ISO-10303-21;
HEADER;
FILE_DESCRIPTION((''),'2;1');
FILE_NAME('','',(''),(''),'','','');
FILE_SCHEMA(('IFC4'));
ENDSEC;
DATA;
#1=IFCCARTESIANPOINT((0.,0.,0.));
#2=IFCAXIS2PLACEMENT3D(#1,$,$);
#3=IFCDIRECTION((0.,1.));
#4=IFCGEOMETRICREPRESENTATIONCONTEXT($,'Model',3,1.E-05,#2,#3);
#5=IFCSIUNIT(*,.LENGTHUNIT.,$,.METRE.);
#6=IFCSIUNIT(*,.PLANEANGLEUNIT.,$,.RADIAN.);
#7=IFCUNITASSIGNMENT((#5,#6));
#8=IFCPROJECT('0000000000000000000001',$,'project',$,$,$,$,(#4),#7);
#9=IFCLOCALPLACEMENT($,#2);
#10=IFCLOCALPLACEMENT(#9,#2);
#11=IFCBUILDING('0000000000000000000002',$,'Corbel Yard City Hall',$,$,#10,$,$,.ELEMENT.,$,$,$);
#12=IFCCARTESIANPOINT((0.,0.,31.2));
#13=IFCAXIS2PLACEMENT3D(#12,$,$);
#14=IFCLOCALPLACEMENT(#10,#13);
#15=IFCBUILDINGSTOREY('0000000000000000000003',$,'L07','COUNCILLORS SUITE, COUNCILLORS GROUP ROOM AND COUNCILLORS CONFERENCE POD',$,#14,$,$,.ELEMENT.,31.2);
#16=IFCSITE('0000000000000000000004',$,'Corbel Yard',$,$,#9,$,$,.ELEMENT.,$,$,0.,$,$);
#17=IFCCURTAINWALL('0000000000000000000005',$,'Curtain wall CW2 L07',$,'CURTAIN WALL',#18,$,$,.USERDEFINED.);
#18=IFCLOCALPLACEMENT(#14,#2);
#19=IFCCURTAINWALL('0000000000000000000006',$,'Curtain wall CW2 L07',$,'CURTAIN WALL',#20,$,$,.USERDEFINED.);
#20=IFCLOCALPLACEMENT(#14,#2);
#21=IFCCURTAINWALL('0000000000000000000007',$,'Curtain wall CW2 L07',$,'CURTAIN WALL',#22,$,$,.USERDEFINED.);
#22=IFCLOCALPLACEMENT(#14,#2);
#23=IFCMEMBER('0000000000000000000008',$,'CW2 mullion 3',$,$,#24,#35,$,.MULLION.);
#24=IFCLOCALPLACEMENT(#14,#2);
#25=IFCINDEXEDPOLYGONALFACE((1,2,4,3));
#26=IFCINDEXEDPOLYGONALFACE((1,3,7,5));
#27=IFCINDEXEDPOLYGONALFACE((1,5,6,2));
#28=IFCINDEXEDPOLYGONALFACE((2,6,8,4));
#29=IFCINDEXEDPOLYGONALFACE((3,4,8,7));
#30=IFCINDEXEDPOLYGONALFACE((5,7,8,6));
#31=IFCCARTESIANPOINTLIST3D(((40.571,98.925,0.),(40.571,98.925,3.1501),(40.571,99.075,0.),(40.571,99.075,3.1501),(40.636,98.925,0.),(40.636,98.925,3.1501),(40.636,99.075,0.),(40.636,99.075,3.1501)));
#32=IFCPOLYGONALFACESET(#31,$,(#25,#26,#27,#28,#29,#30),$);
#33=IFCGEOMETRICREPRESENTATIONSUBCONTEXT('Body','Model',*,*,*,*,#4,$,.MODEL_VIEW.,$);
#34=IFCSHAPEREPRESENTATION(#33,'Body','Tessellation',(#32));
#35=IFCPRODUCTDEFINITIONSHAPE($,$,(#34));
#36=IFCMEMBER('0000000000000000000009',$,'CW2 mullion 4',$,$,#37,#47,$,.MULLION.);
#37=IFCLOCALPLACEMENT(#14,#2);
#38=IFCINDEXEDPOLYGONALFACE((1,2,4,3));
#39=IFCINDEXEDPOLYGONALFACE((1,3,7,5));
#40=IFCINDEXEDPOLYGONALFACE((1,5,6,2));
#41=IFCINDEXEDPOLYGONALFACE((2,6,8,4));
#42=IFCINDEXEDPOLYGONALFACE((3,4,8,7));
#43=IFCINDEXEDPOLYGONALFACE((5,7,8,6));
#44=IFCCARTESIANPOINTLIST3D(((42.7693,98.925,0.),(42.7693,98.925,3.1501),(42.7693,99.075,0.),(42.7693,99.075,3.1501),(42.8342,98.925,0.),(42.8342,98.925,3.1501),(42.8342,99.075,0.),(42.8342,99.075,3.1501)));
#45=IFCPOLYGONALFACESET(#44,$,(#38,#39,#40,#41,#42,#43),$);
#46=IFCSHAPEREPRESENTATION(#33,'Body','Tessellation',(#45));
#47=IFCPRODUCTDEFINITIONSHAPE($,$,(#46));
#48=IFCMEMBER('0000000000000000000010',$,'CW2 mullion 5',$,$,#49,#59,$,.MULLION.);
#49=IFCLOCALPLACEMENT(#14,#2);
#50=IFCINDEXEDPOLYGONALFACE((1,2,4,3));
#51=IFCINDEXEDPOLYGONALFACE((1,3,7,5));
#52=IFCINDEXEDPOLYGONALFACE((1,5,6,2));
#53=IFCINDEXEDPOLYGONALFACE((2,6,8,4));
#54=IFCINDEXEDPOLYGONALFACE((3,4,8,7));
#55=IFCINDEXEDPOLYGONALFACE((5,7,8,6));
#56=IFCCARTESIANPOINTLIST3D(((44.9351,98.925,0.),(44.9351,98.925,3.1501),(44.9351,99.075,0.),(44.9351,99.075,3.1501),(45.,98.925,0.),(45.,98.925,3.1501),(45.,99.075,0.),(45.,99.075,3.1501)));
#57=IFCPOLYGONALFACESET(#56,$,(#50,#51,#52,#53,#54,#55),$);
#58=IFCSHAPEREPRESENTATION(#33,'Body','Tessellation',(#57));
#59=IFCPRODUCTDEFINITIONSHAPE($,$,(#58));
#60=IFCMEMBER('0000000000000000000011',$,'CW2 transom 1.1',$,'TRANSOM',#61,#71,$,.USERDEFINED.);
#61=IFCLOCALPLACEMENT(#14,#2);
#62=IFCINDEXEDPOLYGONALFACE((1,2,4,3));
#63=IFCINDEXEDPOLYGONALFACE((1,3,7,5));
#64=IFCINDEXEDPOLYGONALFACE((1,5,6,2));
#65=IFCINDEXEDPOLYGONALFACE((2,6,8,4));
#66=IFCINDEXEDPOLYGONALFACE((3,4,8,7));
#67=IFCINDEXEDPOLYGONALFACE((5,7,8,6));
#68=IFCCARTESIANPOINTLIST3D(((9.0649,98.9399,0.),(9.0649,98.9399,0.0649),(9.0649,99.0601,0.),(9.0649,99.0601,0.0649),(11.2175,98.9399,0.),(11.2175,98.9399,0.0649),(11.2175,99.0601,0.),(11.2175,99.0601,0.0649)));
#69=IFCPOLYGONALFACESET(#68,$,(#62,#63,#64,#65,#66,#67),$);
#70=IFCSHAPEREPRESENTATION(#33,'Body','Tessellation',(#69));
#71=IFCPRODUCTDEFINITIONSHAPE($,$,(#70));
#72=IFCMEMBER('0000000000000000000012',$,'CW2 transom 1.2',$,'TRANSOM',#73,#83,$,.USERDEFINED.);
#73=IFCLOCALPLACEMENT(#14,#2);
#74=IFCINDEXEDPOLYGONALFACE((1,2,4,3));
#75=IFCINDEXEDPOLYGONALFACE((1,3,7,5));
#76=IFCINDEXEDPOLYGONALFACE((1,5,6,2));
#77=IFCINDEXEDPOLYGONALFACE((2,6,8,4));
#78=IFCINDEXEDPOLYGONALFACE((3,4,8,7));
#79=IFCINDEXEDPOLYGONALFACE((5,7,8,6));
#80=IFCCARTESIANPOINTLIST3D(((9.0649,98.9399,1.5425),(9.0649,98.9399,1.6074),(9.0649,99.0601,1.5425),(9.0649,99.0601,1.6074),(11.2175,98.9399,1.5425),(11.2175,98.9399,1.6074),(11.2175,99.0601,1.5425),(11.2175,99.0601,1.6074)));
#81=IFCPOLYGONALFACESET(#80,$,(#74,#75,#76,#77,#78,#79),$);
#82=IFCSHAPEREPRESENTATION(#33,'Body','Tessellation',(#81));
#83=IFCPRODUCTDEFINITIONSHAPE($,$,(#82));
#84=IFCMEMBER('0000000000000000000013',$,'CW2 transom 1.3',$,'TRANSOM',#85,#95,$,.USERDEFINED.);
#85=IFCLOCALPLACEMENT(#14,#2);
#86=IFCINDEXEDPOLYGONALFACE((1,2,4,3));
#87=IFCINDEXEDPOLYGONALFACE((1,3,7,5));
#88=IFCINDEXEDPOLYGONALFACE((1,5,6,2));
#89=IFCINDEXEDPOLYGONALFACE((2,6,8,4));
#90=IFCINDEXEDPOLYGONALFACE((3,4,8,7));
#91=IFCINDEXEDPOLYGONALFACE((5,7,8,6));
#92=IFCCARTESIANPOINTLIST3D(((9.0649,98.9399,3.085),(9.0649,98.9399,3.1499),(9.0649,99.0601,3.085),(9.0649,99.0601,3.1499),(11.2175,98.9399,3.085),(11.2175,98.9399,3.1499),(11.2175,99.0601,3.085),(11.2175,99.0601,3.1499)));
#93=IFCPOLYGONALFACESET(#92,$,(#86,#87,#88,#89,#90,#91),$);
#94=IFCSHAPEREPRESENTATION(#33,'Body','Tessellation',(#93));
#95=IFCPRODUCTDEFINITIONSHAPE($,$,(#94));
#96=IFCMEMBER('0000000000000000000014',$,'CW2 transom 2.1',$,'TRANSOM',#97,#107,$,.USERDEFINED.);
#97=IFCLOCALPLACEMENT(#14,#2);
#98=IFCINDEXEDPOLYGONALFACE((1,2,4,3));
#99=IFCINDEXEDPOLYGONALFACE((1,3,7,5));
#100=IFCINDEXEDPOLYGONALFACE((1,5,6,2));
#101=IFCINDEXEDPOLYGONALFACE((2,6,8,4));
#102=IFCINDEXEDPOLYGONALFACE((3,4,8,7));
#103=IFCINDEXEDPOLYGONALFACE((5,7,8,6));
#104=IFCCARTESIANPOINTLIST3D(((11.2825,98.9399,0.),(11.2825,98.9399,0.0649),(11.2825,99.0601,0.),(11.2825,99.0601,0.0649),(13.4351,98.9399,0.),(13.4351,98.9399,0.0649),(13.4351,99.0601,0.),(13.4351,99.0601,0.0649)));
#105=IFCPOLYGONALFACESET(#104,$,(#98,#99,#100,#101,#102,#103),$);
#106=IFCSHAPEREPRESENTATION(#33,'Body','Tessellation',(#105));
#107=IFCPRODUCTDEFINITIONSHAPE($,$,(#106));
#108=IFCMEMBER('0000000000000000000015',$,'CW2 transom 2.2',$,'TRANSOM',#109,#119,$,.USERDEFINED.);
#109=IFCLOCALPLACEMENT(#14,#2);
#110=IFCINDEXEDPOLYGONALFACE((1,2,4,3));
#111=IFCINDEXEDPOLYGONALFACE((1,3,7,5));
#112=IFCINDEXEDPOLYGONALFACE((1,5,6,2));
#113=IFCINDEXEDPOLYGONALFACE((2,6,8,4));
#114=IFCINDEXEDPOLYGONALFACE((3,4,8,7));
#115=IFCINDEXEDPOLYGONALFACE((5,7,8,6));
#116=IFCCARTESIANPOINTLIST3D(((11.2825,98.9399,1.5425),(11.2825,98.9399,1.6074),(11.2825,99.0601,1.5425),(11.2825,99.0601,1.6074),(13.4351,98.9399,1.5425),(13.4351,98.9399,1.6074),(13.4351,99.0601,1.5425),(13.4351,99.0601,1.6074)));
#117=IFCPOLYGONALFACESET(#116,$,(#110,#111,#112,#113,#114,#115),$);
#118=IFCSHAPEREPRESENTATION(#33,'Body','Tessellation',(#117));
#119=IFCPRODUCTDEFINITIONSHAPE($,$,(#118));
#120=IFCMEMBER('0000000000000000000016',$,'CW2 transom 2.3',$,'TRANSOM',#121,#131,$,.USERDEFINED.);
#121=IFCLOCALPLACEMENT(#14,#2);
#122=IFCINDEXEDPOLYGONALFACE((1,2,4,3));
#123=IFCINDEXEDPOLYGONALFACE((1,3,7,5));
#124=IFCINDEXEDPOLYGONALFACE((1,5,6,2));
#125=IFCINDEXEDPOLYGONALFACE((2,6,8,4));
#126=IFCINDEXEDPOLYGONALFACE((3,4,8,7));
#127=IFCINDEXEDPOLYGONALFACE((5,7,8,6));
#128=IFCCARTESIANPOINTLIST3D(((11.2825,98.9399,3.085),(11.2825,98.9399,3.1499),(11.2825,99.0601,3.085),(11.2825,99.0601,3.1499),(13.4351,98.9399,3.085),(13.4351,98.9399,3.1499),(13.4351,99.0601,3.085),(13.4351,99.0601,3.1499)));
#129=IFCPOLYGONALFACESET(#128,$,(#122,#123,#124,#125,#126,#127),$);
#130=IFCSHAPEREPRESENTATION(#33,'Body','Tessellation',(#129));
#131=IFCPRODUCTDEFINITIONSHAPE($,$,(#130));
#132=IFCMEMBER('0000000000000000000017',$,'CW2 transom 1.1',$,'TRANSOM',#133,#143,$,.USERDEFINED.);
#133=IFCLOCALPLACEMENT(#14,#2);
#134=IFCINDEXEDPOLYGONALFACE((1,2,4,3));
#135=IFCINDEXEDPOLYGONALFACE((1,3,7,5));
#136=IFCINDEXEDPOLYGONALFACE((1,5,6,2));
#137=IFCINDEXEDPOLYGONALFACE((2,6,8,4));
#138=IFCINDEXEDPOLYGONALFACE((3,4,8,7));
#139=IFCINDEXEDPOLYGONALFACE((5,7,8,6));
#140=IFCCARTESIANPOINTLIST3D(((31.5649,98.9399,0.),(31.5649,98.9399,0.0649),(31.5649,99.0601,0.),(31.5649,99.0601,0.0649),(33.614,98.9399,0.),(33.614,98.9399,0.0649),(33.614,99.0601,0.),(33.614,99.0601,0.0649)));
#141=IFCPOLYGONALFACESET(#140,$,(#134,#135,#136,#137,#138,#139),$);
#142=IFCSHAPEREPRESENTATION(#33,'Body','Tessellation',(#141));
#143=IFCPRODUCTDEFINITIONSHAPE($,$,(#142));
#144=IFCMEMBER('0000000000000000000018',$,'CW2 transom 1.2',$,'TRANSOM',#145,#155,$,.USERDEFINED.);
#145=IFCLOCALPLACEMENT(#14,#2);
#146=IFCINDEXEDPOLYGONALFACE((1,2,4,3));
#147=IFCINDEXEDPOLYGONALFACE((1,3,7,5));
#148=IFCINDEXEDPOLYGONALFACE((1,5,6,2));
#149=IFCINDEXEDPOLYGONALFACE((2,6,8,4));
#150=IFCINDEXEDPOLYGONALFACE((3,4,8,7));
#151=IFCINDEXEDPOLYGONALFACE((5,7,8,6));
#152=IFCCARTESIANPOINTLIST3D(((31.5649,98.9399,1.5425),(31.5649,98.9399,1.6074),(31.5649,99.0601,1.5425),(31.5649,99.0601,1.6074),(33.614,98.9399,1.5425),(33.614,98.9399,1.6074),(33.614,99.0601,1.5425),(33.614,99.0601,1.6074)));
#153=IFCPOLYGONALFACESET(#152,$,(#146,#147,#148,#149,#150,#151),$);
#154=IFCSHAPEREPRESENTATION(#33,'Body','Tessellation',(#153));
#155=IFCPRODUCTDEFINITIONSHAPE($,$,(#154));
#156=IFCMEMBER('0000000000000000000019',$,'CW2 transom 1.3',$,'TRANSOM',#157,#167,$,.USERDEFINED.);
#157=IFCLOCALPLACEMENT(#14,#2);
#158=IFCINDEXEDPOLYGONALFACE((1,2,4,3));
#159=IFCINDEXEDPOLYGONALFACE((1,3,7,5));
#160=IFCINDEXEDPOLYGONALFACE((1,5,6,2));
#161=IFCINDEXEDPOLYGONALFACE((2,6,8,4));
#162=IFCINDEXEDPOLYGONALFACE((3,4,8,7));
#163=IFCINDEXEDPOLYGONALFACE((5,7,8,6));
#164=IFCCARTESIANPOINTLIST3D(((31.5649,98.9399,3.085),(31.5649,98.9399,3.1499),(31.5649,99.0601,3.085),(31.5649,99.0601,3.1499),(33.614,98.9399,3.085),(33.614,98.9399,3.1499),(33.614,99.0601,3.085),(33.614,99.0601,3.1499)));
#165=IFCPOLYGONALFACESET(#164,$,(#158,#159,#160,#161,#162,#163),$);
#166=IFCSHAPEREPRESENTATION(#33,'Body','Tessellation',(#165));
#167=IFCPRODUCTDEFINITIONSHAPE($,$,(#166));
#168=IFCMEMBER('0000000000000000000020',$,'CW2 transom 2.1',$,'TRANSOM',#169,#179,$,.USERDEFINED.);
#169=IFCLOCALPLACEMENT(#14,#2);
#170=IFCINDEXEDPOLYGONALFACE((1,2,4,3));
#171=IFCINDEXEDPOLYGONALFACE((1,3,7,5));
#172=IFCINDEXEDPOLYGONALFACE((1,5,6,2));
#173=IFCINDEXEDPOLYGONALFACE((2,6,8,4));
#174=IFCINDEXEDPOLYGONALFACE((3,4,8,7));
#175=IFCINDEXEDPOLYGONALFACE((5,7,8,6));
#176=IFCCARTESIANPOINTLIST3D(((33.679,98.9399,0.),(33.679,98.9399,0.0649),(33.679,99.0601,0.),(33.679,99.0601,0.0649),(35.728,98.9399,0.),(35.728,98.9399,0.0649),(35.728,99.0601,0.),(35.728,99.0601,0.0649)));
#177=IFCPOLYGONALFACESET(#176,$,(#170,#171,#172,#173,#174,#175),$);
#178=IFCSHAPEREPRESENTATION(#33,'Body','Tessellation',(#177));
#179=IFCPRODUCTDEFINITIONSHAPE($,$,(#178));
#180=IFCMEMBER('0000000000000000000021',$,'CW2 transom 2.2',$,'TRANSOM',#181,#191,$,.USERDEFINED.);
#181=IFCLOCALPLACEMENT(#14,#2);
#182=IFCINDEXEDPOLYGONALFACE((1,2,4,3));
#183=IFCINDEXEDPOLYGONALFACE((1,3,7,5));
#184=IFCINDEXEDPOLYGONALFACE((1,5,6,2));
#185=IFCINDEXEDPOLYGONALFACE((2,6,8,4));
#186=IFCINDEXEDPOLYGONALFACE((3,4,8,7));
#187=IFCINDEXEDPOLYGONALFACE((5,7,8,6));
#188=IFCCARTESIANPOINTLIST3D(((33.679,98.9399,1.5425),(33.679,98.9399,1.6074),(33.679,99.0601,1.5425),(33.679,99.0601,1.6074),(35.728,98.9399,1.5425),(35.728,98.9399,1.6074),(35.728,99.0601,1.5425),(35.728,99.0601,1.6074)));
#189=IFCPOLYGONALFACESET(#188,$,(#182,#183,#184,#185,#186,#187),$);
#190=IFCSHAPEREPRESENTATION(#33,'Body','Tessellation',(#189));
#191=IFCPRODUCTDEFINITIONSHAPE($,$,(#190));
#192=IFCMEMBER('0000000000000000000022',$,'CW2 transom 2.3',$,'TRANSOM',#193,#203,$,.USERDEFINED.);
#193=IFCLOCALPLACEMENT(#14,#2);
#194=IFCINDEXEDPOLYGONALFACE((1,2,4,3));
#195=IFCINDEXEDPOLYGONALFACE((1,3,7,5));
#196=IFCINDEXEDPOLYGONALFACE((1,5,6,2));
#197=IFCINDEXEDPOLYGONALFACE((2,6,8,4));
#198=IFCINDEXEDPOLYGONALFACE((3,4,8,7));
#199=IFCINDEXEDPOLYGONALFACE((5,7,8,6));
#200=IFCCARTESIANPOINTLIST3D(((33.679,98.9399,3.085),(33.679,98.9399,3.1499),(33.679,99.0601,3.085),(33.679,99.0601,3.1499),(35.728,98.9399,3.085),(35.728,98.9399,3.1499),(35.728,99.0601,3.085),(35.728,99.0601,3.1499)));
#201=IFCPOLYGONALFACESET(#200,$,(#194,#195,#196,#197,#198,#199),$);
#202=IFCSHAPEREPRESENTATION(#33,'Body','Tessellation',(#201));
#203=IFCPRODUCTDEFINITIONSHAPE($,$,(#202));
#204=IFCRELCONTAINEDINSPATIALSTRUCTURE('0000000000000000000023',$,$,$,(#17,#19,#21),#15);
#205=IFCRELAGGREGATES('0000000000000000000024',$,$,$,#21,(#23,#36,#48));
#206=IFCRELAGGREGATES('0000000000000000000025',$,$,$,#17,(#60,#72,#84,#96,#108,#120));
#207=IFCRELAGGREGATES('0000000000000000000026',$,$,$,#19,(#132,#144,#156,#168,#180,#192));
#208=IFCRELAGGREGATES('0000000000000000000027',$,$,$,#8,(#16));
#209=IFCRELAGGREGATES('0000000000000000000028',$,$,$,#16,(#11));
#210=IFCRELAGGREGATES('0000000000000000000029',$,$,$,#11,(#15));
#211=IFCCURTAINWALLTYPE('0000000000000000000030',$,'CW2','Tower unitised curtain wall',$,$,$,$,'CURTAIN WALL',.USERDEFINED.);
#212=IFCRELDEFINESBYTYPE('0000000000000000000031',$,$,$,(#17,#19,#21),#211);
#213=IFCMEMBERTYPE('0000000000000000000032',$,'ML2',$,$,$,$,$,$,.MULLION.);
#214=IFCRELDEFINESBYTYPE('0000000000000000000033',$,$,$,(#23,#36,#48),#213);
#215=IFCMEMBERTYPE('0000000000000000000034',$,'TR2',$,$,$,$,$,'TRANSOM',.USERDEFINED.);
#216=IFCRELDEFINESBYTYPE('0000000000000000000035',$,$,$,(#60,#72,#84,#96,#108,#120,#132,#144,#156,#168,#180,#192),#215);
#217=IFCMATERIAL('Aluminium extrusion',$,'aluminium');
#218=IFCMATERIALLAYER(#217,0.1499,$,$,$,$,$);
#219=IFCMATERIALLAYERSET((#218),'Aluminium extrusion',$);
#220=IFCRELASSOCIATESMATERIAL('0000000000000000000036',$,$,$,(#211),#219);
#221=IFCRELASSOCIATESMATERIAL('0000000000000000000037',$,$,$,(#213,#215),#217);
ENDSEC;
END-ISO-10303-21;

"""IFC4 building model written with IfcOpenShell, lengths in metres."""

from ifc_helpers import new_model, si_unit, direction, frame, origin, origin_2d, place, context, subcontext, project, spatial, rectangle, extrude, material, layer, layer_set, material_profile, profile_set, type_object, element, aggregate, save


model = new_model("IFC4")

# Units and contexts
model_context = context("Model", 3, precision=1e-05, world=origin(), true_north=direction((0.0, 1.0)))
body_context = subcontext(model_context, "Body", "Model", "MODEL_VIEW")
ifc_project = project(units=[si_unit("LENGTHUNIT", "METRE"), si_unit("PLANEANGLEUNIT", "RADIAN")], contexts=[model_context])

# Site, building, storey
site_placement = place(None, origin())
site = spatial("IfcSite", under=ifc_project, at=site_placement, Name="Corbel Yard", CompositionType="ELEMENT", RefElevation=0.0)
building_placement = place(site_placement, origin())
building = spatial("IfcBuilding", under=site, at=building_placement, Name="Corbel Yard City Hall", CompositionType="ELEMENT")
storey_placement = place(building_placement, frame((0.0, 0.0, 31.2)))
storey = spatial("IfcBuildingStorey", under=building, at=storey_placement, Name="L07", Description="COUNCILLORS SUITE, COUNCILLORS GROUP ROOM AND COUNCILLORS CONFERENCE POD", CompositionType="ELEMENT", Elevation=31.2)

# Curtain walls, members
ifc_material_1 = material(Name="Aluminium extrusion", Category="aluminium")
ifc_layer_1 = layer(ifc_material_1, 0.1499)
ifc_layer_set_1 = layer_set([ifc_layer_1], Name="Aluminium extrusion")
curtain_wall_type = type_object("IfcCurtainWallType", Name="CW2", Description="Tower unitised curtain wall", ElementType="CURTAIN WALL", PredefinedType="USERDEFINED", material=ifc_layer_set_1)
curtain_wall_1_placement = place(storey_placement, origin())
curtain_wall_1 = element("IfcCurtainWall", 1, at=curtain_wall_1_placement, inside=storey, type_object=curtain_wall_type, Name="Curtain wall CW2 L07", ObjectType="CURTAIN WALL", PredefinedType="USERDEFINED")
ifc_material_profile_1 = material_profile(ifc_material_1, rectangle(XDim=0.1499, YDim=0.0649, at=origin_2d()), Name="150x65")
ifc_profile_set_1 = profile_set([ifc_material_profile_1], Name="Aluminium extrusion")
member_type_1 = type_object("IfcMemberType", Name="ML2", PredefinedType="MULLION", material=ifc_profile_set_1)
curtain_wall_2_placement = place(storey_placement, origin())
curtain_wall_2 = element("IfcCurtainWall", 2, at=curtain_wall_2_placement, inside=storey, type_object=curtain_wall_type, Name="Curtain wall CW2 L07", ObjectType="CURTAIN WALL", PredefinedType="USERDEFINED")
curtain_wall_3_placement = place(storey_placement, origin())
curtain_wall_3 = element("IfcCurtainWall", 3, at=curtain_wall_3_placement, inside=storey, type_object=curtain_wall_type, Name="Curtain wall CW2 L07", ObjectType="CURTAIN WALL", PredefinedType="USERDEFINED")
member_1_placement = place(storey_placement, frame((40.6035, 99.0, 0.0), z_axis=(0.0, 0.0, 1.0), x_axis=(0.0, 1.0, 0.0)))
member_1 = element("IfcMember", 4, at=member_1_placement, type_object=member_type_1, Name="CW2 mullion 3", PredefinedType="MULLION", context=body_context, shape_type="SweptSolid", body=[
    extrude(rectangle(XDim=0.1499, YDim=0.0649, at=origin_2d()), origin(), (0.0, 0.0, 1.0), 3.1501),
])
member_2_placement = place(storey_placement, frame((42.8018, 99.0, 0.0), z_axis=(0.0, 0.0, 1.0), x_axis=(0.0, 1.0, 0.0)))
member_2 = element("IfcMember", 5, at=member_2_placement, type_object=member_type_1, Name="CW2 mullion 4", PredefinedType="MULLION", context=body_context, shape_type="SweptSolid", body=[
    extrude(rectangle(XDim=0.1499, YDim=0.0649, at=origin_2d()), origin(), (0.0, 0.0, 1.0), 3.1501),
])
member_3_placement = place(storey_placement, frame((44.9675, 99.0, 0.0), z_axis=(0.0, 0.0, 1.0), x_axis=(0.0, 1.0, 0.0)))
member_3 = element("IfcMember", 6, at=member_3_placement, type_object=member_type_1, Name="CW2 mullion 5", PredefinedType="MULLION", context=body_context, shape_type="SweptSolid", body=[
    extrude(rectangle(XDim=0.1499, YDim=0.0649, at=origin_2d()), origin(), (0.0, 0.0, 1.0), 3.1501),
])

# Members
ifc_material_profile_2 = material_profile(ifc_material_1, rectangle(XDim=0.1201, YDim=0.0649, at=origin_2d()), Name="120x65")
ifc_profile_set_2 = profile_set([ifc_material_profile_2], Name="Aluminium extrusion")
member_type_2 = type_object("IfcMemberType", Name="TR2", ElementType="TRANSOM", PredefinedType="USERDEFINED", material=ifc_profile_set_2)
member_4_placement = place(storey_placement, frame((9.0649, 99.0, 0.0325), z_axis=(1.0, 0.0, 0.0), x_axis=(0.0, 1.0, 0.0)))
member_4 = element("IfcMember", 7, at=member_4_placement, type_object=member_type_2, Name="CW2 transom 1.1", ObjectType="TRANSOM", PredefinedType="USERDEFINED", context=body_context, shape_type="SweptSolid", body=[
    extrude(rectangle(XDim=0.1201, YDim=0.0649, at=origin_2d()), origin(), (0.0, 0.0, 1.0), 2.1526),
])
member_5_placement = place(storey_placement, frame((9.0649, 99.0, 1.575), z_axis=(1.0, 0.0, 0.0), x_axis=(0.0, 1.0, 0.0)))
member_5 = element("IfcMember", 8, at=member_5_placement, type_object=member_type_2, Name="CW2 transom 1.2", ObjectType="TRANSOM", PredefinedType="USERDEFINED", context=body_context, shape_type="SweptSolid", body=[
    extrude(rectangle(XDim=0.1201, YDim=0.0649, at=origin_2d()), origin(), (0.0, 0.0, 1.0), 2.1526),
])
member_6_placement = place(storey_placement, frame((9.0649, 99.0, 3.1174), z_axis=(1.0, 0.0, 0.0), x_axis=(0.0, 1.0, 0.0)))
member_6 = element("IfcMember", 9, at=member_6_placement, type_object=member_type_2, Name="CW2 transom 1.3", ObjectType="TRANSOM", PredefinedType="USERDEFINED", context=body_context, shape_type="SweptSolid", body=[
    extrude(rectangle(XDim=0.1201, YDim=0.0649, at=origin_2d()), origin(), (0.0, 0.0, 1.0), 2.1526),
])
member_7_placement = place(storey_placement, frame((11.2825, 99.0, 0.0325), z_axis=(1.0, 0.0, 0.0), x_axis=(0.0, 1.0, 0.0)))
member_7 = element("IfcMember", 10, at=member_7_placement, type_object=member_type_2, Name="CW2 transom 2.1", ObjectType="TRANSOM", PredefinedType="USERDEFINED", context=body_context, shape_type="SweptSolid", body=[
    extrude(rectangle(XDim=0.1201, YDim=0.0649, at=origin_2d()), origin(), (0.0, 0.0, 1.0), 2.1526),
])
member_8_placement = place(storey_placement, frame((11.2825, 99.0, 1.575), z_axis=(1.0, 0.0, 0.0), x_axis=(0.0, 1.0, 0.0)))
member_8 = element("IfcMember", 11, at=member_8_placement, type_object=member_type_2, Name="CW2 transom 2.2", ObjectType="TRANSOM", PredefinedType="USERDEFINED", context=body_context, shape_type="SweptSolid", body=[
    extrude(rectangle(XDim=0.1201, YDim=0.0649, at=origin_2d()), origin(), (0.0, 0.0, 1.0), 2.1526),
])
member_9_placement = place(storey_placement, frame((11.2825, 99.0, 3.1174), z_axis=(1.0, 0.0, 0.0), x_axis=(0.0, 1.0, 0.0)))
member_9 = element("IfcMember", 12, at=member_9_placement, type_object=member_type_2, Name="CW2 transom 2.3", ObjectType="TRANSOM", PredefinedType="USERDEFINED", context=body_context, shape_type="SweptSolid", body=[
    extrude(rectangle(XDim=0.1201, YDim=0.0649, at=origin_2d()), origin(), (0.0, 0.0, 1.0), 2.1526),
])
member_10_placement = place(storey_placement, frame((31.5649, 99.0, 0.0325), z_axis=(1.0, 0.0, 0.0), x_axis=(0.0, 1.0, 0.0)))
member_10 = element("IfcMember", 13, at=member_10_placement, type_object=member_type_2, Name="CW2 transom 1.1", ObjectType="TRANSOM", PredefinedType="USERDEFINED", context=body_context, shape_type="SweptSolid", body=[
    extrude(rectangle(XDim=0.1201, YDim=0.0649, at=origin_2d()), origin(), (0.0, 0.0, 1.0), 2.0491),
])
member_11_placement = place(storey_placement, frame((31.5649, 99.0, 1.575), z_axis=(1.0, 0.0, 0.0), x_axis=(0.0, 1.0, 0.0)))
member_11 = element("IfcMember", 14, at=member_11_placement, type_object=member_type_2, Name="CW2 transom 1.2", ObjectType="TRANSOM", PredefinedType="USERDEFINED", context=body_context, shape_type="SweptSolid", body=[
    extrude(rectangle(XDim=0.1201, YDim=0.0649, at=origin_2d()), origin(), (0.0, 0.0, 1.0), 2.0491),
])
member_12_placement = place(storey_placement, frame((31.5649, 99.0, 3.1174), z_axis=(1.0, 0.0, 0.0), x_axis=(0.0, 1.0, 0.0)))
member_12 = element("IfcMember", 15, at=member_12_placement, type_object=member_type_2, Name="CW2 transom 1.3", ObjectType="TRANSOM", PredefinedType="USERDEFINED", context=body_context, shape_type="SweptSolid", body=[
    extrude(rectangle(XDim=0.1201, YDim=0.0649, at=origin_2d()), origin(), (0.0, 0.0, 1.0), 2.0491),
])
member_13_placement = place(storey_placement, frame((33.679, 99.0, 0.0325), z_axis=(1.0, 0.0, 0.0), x_axis=(0.0, 1.0, 0.0)))
member_13 = element("IfcMember", 16, at=member_13_placement, type_object=member_type_2, Name="CW2 transom 2.1", ObjectType="TRANSOM", PredefinedType="USERDEFINED", context=body_context, shape_type="SweptSolid", body=[
    extrude(rectangle(XDim=0.1201, YDim=0.0649, at=origin_2d()), origin(), (0.0, 0.0, 1.0), 2.0491),
])
member_14_placement = place(storey_placement, frame((33.679, 99.0, 1.575), z_axis=(1.0, 0.0, 0.0), x_axis=(0.0, 1.0, 0.0)))
member_14 = element("IfcMember", 17, at=member_14_placement, type_object=member_type_2, Name="CW2 transom 2.2", ObjectType="TRANSOM", PredefinedType="USERDEFINED", context=body_context, shape_type="SweptSolid", body=[
    extrude(rectangle(XDim=0.1201, YDim=0.0649, at=origin_2d()), origin(), (0.0, 0.0, 1.0), 2.0491),
])
member_15_placement = place(storey_placement, frame((33.679, 99.0, 3.1174), z_axis=(1.0, 0.0, 0.0), x_axis=(0.0, 1.0, 0.0)))
member_15 = element("IfcMember", 18, at=member_15_placement, type_object=member_type_2, Name="CW2 transom 2.3", ObjectType="TRANSOM", PredefinedType="USERDEFINED", context=body_context, shape_type="SweptSolid", body=[
    extrude(rectangle(XDim=0.1201, YDim=0.0649, at=origin_2d()), origin(), (0.0, 0.0, 1.0), 2.0491),
])
aggregate(curtain_wall_3, [member_1, member_2, member_3])

aggregate(curtain_wall_1, [member_4, member_5, member_6, member_7, member_8, member_9])
aggregate(curtain_wall_2, [member_10, member_11, member_12, member_13, member_14, member_15])

save(model, "model.ifc")
